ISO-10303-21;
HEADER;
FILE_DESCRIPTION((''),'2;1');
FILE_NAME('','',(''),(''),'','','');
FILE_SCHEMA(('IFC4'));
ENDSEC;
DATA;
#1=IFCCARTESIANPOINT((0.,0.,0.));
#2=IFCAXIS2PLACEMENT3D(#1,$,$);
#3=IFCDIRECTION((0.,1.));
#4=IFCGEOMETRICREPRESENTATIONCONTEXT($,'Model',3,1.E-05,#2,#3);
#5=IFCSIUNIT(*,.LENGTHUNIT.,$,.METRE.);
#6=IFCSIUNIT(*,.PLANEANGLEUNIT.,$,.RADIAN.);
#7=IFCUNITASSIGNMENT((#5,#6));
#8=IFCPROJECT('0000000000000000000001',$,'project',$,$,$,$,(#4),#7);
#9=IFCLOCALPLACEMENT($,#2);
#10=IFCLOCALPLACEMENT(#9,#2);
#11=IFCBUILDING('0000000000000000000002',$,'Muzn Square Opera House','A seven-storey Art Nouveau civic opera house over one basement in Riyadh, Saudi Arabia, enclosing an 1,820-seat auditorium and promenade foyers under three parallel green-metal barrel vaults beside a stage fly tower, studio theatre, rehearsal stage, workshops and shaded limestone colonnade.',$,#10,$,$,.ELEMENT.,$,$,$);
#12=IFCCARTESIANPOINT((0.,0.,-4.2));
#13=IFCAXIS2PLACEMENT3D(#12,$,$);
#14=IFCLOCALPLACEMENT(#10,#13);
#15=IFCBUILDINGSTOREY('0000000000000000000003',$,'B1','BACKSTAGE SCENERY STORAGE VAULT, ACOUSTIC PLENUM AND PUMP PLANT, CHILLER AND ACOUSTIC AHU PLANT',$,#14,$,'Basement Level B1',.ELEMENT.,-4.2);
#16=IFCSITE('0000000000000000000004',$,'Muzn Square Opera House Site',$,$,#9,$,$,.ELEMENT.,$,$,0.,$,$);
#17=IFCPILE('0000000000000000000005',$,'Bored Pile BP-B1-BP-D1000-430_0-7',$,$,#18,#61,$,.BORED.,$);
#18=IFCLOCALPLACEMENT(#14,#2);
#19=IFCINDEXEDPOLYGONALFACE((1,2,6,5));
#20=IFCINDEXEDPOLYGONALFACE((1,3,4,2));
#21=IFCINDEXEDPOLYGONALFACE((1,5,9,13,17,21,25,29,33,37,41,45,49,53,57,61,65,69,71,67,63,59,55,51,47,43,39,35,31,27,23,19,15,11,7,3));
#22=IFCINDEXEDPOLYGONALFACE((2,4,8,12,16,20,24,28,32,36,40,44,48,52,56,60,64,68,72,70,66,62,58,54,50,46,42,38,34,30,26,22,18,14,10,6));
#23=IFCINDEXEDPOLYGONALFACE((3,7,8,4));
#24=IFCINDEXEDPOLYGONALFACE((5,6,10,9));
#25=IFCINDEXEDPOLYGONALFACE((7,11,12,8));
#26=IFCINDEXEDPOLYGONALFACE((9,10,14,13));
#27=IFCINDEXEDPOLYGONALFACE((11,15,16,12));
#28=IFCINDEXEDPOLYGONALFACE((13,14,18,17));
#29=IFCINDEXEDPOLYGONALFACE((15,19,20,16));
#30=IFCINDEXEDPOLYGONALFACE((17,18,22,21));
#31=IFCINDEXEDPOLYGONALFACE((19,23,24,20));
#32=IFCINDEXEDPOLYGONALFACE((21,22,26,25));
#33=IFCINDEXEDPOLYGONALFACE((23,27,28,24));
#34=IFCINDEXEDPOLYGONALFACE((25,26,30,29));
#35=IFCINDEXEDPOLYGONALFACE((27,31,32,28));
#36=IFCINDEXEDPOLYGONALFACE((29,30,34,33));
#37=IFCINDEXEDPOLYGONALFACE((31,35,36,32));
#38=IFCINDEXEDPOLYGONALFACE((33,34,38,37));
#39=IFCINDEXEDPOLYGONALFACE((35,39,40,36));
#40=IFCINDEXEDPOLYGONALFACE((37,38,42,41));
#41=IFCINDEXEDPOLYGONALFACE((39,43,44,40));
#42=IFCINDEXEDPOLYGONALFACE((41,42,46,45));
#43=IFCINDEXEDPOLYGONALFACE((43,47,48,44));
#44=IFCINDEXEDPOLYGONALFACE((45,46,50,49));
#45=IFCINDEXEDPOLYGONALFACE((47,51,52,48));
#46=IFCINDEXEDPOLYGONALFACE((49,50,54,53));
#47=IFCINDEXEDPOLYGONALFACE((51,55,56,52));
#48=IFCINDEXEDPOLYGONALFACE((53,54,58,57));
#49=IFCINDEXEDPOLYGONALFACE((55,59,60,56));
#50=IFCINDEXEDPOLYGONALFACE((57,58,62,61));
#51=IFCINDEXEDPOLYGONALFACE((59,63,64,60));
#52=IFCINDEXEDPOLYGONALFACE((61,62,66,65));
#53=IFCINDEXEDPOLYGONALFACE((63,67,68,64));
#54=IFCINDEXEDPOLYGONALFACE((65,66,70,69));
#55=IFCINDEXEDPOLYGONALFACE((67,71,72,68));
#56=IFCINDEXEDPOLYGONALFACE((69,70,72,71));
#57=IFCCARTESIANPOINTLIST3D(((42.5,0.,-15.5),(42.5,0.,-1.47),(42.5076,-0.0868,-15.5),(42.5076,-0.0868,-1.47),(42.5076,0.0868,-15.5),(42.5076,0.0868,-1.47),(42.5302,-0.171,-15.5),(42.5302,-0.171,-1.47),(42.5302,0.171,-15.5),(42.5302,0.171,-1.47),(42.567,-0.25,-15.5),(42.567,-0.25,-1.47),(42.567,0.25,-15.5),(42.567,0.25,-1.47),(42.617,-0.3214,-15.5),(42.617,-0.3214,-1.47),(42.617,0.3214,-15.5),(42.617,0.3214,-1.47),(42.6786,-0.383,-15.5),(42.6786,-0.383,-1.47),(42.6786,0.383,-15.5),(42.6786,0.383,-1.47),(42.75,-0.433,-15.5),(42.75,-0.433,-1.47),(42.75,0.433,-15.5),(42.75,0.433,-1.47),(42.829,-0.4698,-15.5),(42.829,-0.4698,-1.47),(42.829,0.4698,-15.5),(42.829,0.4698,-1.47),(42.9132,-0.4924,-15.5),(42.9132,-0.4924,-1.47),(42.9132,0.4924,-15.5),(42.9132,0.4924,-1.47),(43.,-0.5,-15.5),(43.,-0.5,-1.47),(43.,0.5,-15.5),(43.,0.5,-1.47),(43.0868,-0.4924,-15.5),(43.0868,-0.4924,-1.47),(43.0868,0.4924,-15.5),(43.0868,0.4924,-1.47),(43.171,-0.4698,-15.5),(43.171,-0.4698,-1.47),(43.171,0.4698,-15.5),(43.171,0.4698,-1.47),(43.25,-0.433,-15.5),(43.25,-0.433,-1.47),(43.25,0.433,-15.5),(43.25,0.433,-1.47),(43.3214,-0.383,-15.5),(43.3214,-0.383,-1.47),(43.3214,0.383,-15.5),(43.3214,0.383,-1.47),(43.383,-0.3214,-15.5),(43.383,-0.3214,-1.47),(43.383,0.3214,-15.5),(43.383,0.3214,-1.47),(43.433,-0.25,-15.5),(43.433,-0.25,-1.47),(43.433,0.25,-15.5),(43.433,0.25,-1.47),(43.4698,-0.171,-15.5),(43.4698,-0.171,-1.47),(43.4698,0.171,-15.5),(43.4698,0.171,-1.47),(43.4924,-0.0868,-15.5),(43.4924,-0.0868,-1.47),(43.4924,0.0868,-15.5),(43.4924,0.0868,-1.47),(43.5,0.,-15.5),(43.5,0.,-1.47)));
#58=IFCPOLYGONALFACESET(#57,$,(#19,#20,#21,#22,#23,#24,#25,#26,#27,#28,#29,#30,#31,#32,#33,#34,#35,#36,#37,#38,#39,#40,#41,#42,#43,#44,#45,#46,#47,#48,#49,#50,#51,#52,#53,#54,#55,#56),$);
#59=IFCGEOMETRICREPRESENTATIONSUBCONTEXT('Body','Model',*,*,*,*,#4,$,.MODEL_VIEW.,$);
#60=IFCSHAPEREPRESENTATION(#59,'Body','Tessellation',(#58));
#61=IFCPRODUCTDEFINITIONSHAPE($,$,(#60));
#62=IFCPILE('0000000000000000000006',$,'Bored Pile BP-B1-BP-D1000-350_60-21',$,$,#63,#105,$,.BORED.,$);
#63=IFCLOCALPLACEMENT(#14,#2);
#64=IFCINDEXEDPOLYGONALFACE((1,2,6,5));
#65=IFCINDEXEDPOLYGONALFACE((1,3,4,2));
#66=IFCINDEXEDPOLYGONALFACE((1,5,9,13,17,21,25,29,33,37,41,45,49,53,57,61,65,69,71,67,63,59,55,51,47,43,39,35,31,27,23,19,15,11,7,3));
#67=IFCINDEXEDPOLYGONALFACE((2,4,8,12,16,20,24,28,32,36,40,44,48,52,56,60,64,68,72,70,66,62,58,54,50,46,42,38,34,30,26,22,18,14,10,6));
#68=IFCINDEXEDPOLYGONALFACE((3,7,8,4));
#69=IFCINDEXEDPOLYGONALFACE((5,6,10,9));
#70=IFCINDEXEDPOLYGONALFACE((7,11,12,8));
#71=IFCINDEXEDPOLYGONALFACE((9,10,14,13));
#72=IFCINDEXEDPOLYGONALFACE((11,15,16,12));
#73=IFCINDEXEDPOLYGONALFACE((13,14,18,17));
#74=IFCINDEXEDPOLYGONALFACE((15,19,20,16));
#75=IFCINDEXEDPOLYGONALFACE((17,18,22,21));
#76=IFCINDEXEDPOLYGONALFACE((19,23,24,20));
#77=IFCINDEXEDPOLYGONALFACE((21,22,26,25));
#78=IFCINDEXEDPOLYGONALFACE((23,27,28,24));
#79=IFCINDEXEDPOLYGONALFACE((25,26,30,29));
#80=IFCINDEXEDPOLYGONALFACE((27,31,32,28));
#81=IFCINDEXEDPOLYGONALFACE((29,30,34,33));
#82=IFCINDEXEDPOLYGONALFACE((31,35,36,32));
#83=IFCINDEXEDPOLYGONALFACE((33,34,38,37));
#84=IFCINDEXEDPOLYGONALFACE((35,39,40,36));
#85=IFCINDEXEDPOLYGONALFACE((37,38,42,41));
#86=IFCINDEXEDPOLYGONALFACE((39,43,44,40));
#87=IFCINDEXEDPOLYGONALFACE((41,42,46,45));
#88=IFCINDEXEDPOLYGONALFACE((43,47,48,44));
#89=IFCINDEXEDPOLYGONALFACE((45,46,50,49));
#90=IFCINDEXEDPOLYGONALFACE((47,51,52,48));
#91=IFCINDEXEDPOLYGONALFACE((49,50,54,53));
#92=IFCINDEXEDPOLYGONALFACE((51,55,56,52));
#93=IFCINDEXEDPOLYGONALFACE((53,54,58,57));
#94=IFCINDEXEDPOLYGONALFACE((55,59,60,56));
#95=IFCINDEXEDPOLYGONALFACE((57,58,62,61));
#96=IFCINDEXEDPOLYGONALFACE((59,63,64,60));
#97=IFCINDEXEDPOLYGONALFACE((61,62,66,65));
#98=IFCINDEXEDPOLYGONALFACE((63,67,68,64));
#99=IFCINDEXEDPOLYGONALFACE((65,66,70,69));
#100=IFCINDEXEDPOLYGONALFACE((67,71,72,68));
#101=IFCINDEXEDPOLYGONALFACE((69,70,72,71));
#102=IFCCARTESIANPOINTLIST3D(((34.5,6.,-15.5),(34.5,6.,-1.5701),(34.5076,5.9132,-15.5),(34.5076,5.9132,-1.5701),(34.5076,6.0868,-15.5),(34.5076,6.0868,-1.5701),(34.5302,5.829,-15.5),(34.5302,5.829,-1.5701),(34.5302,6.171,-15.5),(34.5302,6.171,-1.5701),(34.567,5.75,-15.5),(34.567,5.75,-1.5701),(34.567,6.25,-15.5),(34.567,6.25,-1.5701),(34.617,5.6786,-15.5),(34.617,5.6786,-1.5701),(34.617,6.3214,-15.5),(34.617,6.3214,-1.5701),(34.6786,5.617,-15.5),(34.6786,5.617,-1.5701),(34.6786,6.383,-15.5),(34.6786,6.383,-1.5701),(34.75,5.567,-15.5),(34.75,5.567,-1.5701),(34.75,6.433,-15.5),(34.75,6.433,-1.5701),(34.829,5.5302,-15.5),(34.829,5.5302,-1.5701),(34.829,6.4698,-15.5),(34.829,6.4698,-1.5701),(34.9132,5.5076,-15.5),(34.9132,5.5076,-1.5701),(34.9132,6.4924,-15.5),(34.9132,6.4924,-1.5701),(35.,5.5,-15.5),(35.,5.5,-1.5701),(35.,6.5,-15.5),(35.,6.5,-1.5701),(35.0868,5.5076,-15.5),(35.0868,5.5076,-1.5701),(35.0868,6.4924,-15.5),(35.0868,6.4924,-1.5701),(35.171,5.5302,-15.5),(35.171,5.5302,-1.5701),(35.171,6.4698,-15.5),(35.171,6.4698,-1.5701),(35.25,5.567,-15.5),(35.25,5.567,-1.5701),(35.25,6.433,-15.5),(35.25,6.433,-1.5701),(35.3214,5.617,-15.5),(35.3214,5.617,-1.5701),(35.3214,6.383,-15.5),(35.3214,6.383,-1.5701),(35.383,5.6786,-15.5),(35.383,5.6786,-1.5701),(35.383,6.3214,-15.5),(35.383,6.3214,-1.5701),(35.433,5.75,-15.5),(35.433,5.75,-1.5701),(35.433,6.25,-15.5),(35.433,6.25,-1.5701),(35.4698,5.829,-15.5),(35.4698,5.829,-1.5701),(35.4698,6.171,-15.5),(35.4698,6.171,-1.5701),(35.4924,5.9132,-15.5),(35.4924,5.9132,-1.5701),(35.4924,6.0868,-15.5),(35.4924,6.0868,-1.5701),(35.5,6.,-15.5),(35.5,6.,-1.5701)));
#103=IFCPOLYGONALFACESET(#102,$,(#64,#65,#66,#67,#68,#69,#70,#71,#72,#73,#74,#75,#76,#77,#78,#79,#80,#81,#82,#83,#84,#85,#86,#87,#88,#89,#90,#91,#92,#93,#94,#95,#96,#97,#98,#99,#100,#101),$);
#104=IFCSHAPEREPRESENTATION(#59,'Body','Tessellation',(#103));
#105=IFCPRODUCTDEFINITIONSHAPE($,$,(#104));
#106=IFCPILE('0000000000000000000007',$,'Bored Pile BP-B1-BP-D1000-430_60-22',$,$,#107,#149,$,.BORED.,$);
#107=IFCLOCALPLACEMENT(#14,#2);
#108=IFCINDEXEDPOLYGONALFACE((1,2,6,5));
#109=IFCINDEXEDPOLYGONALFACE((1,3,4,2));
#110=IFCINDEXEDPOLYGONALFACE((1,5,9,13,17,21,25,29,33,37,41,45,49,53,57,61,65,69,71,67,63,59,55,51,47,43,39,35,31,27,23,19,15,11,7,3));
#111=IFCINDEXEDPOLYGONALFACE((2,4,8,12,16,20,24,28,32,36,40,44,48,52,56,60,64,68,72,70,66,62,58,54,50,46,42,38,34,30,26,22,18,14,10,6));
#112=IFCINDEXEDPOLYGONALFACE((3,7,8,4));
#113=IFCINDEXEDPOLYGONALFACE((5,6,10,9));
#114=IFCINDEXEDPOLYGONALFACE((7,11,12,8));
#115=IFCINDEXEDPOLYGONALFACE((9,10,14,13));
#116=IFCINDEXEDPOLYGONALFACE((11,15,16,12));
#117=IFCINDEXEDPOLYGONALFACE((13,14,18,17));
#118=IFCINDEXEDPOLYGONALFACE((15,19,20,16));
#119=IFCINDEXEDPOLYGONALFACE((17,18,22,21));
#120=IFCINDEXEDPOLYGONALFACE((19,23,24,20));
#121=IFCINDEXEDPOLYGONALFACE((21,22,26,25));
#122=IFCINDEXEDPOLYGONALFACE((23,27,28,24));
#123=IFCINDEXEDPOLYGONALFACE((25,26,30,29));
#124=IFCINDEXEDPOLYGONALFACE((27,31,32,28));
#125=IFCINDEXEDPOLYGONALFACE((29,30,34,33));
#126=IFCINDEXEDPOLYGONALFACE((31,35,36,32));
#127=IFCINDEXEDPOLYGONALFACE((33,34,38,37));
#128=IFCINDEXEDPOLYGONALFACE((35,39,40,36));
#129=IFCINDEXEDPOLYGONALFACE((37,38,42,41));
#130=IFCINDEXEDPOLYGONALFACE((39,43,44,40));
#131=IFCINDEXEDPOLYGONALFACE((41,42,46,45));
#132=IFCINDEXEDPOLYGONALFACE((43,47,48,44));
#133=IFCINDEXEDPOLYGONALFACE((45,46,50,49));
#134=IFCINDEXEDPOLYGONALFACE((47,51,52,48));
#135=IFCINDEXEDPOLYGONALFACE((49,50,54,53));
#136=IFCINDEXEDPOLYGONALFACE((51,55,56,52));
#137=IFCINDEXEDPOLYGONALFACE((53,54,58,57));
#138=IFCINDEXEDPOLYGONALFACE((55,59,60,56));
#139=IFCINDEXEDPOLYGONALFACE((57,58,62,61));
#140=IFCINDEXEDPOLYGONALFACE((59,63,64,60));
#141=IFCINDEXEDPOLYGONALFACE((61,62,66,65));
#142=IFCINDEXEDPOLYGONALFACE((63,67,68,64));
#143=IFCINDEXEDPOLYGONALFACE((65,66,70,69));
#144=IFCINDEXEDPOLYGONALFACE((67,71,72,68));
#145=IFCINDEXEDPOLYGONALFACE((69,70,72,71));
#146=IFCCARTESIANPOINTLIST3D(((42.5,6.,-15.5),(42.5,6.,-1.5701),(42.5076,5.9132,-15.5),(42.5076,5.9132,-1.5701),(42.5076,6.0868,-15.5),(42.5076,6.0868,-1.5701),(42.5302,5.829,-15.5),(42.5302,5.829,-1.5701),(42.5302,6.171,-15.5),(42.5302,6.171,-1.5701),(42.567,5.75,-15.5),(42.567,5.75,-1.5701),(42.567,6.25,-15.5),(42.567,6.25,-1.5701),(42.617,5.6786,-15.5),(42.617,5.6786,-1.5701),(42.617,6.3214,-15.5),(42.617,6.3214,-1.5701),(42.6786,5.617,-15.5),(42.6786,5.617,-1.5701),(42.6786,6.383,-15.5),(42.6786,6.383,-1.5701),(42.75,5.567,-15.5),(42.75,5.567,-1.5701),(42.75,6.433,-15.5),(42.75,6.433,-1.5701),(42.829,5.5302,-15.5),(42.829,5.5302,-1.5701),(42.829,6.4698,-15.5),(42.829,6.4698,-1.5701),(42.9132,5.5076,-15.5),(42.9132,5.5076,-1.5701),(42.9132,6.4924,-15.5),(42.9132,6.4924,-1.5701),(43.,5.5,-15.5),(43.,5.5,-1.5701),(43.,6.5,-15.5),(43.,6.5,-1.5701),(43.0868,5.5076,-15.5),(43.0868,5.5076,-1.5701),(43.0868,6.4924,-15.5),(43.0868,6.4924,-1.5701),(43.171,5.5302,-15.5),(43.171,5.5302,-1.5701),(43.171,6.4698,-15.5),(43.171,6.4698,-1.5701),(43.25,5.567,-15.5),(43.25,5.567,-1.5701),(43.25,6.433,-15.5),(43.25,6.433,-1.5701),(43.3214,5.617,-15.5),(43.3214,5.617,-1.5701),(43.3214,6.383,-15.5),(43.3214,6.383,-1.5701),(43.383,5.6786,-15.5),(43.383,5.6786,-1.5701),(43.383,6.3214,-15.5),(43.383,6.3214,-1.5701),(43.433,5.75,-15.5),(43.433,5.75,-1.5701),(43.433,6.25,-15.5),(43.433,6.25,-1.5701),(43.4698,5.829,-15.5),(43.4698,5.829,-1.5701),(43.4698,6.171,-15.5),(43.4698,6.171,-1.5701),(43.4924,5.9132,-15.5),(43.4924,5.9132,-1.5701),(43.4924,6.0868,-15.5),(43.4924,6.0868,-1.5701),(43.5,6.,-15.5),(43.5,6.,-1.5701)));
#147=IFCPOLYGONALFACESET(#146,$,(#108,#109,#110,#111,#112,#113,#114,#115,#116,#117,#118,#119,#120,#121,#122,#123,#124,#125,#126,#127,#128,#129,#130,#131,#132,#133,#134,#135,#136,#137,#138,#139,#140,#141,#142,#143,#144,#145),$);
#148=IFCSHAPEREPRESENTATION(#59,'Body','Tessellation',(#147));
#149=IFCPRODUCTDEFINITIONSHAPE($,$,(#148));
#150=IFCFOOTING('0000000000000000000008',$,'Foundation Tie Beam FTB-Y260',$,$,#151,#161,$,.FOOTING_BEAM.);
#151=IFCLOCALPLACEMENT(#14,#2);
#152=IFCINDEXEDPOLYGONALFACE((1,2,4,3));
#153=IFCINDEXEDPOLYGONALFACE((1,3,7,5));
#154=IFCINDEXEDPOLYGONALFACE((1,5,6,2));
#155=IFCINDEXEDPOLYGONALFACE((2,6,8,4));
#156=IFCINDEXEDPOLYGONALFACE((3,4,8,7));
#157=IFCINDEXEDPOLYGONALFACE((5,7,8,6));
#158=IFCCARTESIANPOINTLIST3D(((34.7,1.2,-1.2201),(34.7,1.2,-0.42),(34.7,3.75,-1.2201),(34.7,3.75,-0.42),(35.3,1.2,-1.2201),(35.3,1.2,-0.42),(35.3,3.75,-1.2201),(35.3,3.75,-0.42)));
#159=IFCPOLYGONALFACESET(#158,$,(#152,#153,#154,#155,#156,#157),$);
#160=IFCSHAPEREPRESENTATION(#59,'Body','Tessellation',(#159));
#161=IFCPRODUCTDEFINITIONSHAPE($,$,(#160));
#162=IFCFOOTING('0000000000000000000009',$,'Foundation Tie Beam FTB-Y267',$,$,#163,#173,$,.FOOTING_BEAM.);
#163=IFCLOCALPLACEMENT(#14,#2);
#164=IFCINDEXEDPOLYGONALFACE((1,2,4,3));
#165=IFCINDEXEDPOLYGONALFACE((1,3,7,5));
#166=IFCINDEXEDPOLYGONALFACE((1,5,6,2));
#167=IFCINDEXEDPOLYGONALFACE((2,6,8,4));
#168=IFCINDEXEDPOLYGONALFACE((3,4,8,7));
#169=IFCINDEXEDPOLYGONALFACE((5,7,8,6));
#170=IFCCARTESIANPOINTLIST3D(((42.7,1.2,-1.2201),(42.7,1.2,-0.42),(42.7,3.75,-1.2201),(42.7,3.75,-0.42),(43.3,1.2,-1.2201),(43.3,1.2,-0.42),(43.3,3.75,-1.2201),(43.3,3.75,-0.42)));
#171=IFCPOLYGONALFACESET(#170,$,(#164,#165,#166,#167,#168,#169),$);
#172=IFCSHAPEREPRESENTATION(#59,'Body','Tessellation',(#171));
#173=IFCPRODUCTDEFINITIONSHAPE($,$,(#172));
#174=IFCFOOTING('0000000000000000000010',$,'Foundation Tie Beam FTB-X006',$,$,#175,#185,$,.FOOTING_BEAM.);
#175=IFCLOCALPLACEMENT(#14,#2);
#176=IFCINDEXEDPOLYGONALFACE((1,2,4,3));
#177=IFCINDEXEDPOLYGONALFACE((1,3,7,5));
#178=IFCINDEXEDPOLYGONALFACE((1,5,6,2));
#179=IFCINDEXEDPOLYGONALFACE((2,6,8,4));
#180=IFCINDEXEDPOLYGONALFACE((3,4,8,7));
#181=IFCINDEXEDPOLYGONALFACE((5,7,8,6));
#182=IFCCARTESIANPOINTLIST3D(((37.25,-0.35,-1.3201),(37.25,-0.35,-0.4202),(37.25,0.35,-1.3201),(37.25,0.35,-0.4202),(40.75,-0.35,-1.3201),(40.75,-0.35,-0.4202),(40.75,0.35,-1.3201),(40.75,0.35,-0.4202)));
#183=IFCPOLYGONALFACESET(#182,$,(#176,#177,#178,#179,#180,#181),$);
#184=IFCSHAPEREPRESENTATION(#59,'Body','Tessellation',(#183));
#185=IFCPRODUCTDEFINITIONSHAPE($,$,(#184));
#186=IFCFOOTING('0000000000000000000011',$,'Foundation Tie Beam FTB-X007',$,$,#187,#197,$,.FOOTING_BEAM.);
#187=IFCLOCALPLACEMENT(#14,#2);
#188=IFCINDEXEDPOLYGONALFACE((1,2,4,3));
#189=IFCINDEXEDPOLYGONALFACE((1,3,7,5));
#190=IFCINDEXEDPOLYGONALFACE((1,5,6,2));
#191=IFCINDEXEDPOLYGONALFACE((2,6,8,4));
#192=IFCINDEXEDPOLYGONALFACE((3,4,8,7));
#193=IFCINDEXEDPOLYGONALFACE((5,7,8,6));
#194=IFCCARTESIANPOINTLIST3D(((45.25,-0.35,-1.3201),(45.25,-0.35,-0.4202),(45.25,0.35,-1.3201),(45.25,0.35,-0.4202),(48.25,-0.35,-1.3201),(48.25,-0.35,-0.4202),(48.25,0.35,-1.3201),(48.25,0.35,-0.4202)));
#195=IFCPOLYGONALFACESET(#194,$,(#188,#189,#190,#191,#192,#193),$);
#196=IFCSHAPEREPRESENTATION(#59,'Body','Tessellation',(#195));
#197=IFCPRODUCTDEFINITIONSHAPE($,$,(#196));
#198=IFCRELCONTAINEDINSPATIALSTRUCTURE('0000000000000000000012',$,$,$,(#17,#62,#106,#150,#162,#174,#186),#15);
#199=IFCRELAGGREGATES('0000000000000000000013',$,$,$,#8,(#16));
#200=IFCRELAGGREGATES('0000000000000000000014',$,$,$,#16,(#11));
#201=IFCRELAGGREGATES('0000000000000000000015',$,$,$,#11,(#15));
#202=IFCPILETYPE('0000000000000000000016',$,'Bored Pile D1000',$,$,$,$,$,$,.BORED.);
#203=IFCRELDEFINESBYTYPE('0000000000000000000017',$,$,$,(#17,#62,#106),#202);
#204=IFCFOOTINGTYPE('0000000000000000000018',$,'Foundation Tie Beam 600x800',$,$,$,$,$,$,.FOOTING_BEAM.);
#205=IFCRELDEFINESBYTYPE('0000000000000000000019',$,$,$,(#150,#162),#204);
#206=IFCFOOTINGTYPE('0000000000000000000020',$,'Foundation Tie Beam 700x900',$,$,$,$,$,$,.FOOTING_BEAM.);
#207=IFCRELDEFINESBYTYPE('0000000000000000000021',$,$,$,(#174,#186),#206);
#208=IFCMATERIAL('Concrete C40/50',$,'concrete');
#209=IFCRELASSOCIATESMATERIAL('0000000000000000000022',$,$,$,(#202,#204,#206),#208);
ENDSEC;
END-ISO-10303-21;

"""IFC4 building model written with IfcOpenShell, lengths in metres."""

from ifc_helpers import new_model, si_unit, direction, frame, origin, origin_2d, place, context, subcontext, project, spatial, rectangle, circle, extrude, material, material_profile, profile_set, type_object, element, save


model = new_model("IFC4")

# Units and contexts
model_context = context("Model", 3, precision=1e-05, world=origin(), true_north=direction((0.0, 1.0)))
body_context = subcontext(model_context, "Body", "Model", "MODEL_VIEW")
ifc_project = project(units=[si_unit("LENGTHUNIT", "METRE"), si_unit("PLANEANGLEUNIT", "RADIAN")], contexts=[model_context])

# Site, building, storey
site_placement = place(None, origin())
site = spatial("IfcSite", under=ifc_project, at=site_placement, Name="Muzn Square Opera House Site", CompositionType="ELEMENT", RefElevation=0.0)
building_placement = place(site_placement, origin())
building = spatial("IfcBuilding", under=site, at=building_placement, Name="Muzn Square Opera House", Description="A seven-storey Art Nouveau civic opera house over one basement in Riyadh, Saudi Arabia, enclosing an 1,820-seat auditorium and promenade foyers under three parallel green-metal barrel vaults beside a stage fly tower, studio theatre, rehearsal stage, workshops and shaded limestone colonnade.", CompositionType="ELEMENT")
storey_placement = place(building_placement, frame((0.0, 0.0, -4.2)))
storey = spatial("IfcBuildingStorey", under=building, at=storey_placement, Name="B1", Description="BACKSTAGE SCENERY STORAGE VAULT, ACOUSTIC PLENUM AND PUMP PLANT, CHILLER AND ACOUSTIC AHU PLANT", LongName="Basement Level B1", CompositionType="ELEMENT", Elevation=-4.2)

# Piles
ifc_material_1 = material(Name="Concrete C40/50", Category="concrete")
ifc_material_profile_1 = material_profile(ifc_material_1, circle(Radius=0.5, at=origin_2d()), Name="BORED PILE D1000", Category="concrete")
ifc_profile_set_1 = profile_set([ifc_material_profile_1], Name="Concrete C40/50")
pile_type = type_object("IfcPileType", Name="Bored Pile D1000", PredefinedType="BORED", material=ifc_profile_set_1)
pile_placement = place(storey_placement, frame((43.0, 0.0, -1.47), z_axis=(0.0, 0.0, -1.0), x_axis=(1.0, 0.0, 0.0)))
element("IfcPile", 1, at=pile_placement, inside=storey, type_object=pile_type, Name="Bored Pile BP-B1-BP-D1000-430_0-7", PredefinedType="BORED", context=body_context, shape_type="SweptSolid", body=[
    extrude(circle(Radius=0.5, at=origin_2d()), origin(), (0.0, 0.0, 1.0), 14.03),
])
for number, where, z_axis, x_axis, name in (
    (2, (35.0, 6.0, -1.5701), (0.0, 0.0, -1.0), (1.0, 0.0, 0.0), "Bored Pile BP-B1-BP-D1000-350_60-21"),
    (3, (43.0, 6.0, -1.5701), (0.0, 0.0, -1.0), (1.0, 0.0, 0.0), "Bored Pile BP-B1-BP-D1000-430_60-22"),
):
    element("IfcPile", number, at=place(storey_placement, frame(where, z_axis=z_axis, x_axis=x_axis)), inside=storey, type_object=pile_type, Name=name, PredefinedType="BORED", context=body_context, shape_type="SweptSolid", body=[
        extrude(circle(Radius=0.5, at=origin_2d()), origin(), (0.0, 0.0, 1.0), 13.9299),
    ])

# Footings
ifc_material_profile_2 = material_profile(ifc_material_1, rectangle(XDim=0.6001, YDim=0.8, at=origin_2d()), Name="RCTB 600x800", Category="concrete")
ifc_profile_set_2 = profile_set([ifc_material_profile_2], Name="Concrete C40/50")
footing_type_1 = type_object("IfcFootingType", Name="Foundation Tie Beam 600x800", PredefinedType="FOOTING_BEAM", material=ifc_profile_set_2)
for number, where, z_axis, x_axis, name in (
    (4, (35.0, 1.2, -0.8201), (0.0, 1.0, 0.0), (-1.0, 0.0, 0.0), "Foundation Tie Beam FTB-Y260"),
    (5, (43.0, 1.2, -0.8201), (0.0, 1.0, 0.0), (-1.0, 0.0, 0.0), "Foundation Tie Beam FTB-Y267"),
):
    element("IfcFooting", number, at=place(storey_placement, frame(where, z_axis=z_axis, x_axis=x_axis)), inside=storey, type_object=footing_type_1, Name=name, PredefinedType="FOOTING_BEAM", context=body_context, shape_type="SweptSolid", body=[
        extrude(rectangle(XDim=0.6001, YDim=0.8, at=origin_2d()), origin(), (0.0, 0.0, 1.0), 2.55),
    ])
ifc_material_profile_3 = material_profile(ifc_material_1, rectangle(XDim=0.7, YDim=0.8999, at=origin_2d()), Name="RCTB 700x900", Category="concrete")
ifc_profile_set_3 = profile_set([ifc_material_profile_3], Name="Concrete C40/50")
footing_type_2 = type_object("IfcFootingType", Name="Foundation Tie Beam 700x900", PredefinedType="FOOTING_BEAM", material=ifc_profile_set_3)
footing_1_placement = place(storey_placement, frame((37.25, 0.0, -0.8701), z_axis=(1.0, 0.0, 0.0), x_axis=(0.0, 1.0, 0.0)))
element("IfcFooting", 6, at=footing_1_placement, inside=storey, type_object=footing_type_2, Name="Foundation Tie Beam FTB-X006", PredefinedType="FOOTING_BEAM", context=body_context, shape_type="SweptSolid", body=[
    extrude(rectangle(XDim=0.7, YDim=0.8999, at=origin_2d()), origin(), (0.0, 0.0, 1.0), 3.5),
])
footing_2_placement = place(storey_placement, frame((45.25, 0.0, -0.8701), z_axis=(1.0, 0.0, 0.0), x_axis=(0.0, 1.0, 0.0)))
element("IfcFooting", 7, at=footing_2_placement, inside=storey, type_object=footing_type_2, Name="Foundation Tie Beam FTB-X007", PredefinedType="FOOTING_BEAM", context=body_context, shape_type="SweptSolid", body=[
    extrude(rectangle(XDim=0.7, YDim=0.8999, at=origin_2d()), origin(), (0.0, 0.0, 1.0), 3.0),
])

save(model, "model.ifc")
